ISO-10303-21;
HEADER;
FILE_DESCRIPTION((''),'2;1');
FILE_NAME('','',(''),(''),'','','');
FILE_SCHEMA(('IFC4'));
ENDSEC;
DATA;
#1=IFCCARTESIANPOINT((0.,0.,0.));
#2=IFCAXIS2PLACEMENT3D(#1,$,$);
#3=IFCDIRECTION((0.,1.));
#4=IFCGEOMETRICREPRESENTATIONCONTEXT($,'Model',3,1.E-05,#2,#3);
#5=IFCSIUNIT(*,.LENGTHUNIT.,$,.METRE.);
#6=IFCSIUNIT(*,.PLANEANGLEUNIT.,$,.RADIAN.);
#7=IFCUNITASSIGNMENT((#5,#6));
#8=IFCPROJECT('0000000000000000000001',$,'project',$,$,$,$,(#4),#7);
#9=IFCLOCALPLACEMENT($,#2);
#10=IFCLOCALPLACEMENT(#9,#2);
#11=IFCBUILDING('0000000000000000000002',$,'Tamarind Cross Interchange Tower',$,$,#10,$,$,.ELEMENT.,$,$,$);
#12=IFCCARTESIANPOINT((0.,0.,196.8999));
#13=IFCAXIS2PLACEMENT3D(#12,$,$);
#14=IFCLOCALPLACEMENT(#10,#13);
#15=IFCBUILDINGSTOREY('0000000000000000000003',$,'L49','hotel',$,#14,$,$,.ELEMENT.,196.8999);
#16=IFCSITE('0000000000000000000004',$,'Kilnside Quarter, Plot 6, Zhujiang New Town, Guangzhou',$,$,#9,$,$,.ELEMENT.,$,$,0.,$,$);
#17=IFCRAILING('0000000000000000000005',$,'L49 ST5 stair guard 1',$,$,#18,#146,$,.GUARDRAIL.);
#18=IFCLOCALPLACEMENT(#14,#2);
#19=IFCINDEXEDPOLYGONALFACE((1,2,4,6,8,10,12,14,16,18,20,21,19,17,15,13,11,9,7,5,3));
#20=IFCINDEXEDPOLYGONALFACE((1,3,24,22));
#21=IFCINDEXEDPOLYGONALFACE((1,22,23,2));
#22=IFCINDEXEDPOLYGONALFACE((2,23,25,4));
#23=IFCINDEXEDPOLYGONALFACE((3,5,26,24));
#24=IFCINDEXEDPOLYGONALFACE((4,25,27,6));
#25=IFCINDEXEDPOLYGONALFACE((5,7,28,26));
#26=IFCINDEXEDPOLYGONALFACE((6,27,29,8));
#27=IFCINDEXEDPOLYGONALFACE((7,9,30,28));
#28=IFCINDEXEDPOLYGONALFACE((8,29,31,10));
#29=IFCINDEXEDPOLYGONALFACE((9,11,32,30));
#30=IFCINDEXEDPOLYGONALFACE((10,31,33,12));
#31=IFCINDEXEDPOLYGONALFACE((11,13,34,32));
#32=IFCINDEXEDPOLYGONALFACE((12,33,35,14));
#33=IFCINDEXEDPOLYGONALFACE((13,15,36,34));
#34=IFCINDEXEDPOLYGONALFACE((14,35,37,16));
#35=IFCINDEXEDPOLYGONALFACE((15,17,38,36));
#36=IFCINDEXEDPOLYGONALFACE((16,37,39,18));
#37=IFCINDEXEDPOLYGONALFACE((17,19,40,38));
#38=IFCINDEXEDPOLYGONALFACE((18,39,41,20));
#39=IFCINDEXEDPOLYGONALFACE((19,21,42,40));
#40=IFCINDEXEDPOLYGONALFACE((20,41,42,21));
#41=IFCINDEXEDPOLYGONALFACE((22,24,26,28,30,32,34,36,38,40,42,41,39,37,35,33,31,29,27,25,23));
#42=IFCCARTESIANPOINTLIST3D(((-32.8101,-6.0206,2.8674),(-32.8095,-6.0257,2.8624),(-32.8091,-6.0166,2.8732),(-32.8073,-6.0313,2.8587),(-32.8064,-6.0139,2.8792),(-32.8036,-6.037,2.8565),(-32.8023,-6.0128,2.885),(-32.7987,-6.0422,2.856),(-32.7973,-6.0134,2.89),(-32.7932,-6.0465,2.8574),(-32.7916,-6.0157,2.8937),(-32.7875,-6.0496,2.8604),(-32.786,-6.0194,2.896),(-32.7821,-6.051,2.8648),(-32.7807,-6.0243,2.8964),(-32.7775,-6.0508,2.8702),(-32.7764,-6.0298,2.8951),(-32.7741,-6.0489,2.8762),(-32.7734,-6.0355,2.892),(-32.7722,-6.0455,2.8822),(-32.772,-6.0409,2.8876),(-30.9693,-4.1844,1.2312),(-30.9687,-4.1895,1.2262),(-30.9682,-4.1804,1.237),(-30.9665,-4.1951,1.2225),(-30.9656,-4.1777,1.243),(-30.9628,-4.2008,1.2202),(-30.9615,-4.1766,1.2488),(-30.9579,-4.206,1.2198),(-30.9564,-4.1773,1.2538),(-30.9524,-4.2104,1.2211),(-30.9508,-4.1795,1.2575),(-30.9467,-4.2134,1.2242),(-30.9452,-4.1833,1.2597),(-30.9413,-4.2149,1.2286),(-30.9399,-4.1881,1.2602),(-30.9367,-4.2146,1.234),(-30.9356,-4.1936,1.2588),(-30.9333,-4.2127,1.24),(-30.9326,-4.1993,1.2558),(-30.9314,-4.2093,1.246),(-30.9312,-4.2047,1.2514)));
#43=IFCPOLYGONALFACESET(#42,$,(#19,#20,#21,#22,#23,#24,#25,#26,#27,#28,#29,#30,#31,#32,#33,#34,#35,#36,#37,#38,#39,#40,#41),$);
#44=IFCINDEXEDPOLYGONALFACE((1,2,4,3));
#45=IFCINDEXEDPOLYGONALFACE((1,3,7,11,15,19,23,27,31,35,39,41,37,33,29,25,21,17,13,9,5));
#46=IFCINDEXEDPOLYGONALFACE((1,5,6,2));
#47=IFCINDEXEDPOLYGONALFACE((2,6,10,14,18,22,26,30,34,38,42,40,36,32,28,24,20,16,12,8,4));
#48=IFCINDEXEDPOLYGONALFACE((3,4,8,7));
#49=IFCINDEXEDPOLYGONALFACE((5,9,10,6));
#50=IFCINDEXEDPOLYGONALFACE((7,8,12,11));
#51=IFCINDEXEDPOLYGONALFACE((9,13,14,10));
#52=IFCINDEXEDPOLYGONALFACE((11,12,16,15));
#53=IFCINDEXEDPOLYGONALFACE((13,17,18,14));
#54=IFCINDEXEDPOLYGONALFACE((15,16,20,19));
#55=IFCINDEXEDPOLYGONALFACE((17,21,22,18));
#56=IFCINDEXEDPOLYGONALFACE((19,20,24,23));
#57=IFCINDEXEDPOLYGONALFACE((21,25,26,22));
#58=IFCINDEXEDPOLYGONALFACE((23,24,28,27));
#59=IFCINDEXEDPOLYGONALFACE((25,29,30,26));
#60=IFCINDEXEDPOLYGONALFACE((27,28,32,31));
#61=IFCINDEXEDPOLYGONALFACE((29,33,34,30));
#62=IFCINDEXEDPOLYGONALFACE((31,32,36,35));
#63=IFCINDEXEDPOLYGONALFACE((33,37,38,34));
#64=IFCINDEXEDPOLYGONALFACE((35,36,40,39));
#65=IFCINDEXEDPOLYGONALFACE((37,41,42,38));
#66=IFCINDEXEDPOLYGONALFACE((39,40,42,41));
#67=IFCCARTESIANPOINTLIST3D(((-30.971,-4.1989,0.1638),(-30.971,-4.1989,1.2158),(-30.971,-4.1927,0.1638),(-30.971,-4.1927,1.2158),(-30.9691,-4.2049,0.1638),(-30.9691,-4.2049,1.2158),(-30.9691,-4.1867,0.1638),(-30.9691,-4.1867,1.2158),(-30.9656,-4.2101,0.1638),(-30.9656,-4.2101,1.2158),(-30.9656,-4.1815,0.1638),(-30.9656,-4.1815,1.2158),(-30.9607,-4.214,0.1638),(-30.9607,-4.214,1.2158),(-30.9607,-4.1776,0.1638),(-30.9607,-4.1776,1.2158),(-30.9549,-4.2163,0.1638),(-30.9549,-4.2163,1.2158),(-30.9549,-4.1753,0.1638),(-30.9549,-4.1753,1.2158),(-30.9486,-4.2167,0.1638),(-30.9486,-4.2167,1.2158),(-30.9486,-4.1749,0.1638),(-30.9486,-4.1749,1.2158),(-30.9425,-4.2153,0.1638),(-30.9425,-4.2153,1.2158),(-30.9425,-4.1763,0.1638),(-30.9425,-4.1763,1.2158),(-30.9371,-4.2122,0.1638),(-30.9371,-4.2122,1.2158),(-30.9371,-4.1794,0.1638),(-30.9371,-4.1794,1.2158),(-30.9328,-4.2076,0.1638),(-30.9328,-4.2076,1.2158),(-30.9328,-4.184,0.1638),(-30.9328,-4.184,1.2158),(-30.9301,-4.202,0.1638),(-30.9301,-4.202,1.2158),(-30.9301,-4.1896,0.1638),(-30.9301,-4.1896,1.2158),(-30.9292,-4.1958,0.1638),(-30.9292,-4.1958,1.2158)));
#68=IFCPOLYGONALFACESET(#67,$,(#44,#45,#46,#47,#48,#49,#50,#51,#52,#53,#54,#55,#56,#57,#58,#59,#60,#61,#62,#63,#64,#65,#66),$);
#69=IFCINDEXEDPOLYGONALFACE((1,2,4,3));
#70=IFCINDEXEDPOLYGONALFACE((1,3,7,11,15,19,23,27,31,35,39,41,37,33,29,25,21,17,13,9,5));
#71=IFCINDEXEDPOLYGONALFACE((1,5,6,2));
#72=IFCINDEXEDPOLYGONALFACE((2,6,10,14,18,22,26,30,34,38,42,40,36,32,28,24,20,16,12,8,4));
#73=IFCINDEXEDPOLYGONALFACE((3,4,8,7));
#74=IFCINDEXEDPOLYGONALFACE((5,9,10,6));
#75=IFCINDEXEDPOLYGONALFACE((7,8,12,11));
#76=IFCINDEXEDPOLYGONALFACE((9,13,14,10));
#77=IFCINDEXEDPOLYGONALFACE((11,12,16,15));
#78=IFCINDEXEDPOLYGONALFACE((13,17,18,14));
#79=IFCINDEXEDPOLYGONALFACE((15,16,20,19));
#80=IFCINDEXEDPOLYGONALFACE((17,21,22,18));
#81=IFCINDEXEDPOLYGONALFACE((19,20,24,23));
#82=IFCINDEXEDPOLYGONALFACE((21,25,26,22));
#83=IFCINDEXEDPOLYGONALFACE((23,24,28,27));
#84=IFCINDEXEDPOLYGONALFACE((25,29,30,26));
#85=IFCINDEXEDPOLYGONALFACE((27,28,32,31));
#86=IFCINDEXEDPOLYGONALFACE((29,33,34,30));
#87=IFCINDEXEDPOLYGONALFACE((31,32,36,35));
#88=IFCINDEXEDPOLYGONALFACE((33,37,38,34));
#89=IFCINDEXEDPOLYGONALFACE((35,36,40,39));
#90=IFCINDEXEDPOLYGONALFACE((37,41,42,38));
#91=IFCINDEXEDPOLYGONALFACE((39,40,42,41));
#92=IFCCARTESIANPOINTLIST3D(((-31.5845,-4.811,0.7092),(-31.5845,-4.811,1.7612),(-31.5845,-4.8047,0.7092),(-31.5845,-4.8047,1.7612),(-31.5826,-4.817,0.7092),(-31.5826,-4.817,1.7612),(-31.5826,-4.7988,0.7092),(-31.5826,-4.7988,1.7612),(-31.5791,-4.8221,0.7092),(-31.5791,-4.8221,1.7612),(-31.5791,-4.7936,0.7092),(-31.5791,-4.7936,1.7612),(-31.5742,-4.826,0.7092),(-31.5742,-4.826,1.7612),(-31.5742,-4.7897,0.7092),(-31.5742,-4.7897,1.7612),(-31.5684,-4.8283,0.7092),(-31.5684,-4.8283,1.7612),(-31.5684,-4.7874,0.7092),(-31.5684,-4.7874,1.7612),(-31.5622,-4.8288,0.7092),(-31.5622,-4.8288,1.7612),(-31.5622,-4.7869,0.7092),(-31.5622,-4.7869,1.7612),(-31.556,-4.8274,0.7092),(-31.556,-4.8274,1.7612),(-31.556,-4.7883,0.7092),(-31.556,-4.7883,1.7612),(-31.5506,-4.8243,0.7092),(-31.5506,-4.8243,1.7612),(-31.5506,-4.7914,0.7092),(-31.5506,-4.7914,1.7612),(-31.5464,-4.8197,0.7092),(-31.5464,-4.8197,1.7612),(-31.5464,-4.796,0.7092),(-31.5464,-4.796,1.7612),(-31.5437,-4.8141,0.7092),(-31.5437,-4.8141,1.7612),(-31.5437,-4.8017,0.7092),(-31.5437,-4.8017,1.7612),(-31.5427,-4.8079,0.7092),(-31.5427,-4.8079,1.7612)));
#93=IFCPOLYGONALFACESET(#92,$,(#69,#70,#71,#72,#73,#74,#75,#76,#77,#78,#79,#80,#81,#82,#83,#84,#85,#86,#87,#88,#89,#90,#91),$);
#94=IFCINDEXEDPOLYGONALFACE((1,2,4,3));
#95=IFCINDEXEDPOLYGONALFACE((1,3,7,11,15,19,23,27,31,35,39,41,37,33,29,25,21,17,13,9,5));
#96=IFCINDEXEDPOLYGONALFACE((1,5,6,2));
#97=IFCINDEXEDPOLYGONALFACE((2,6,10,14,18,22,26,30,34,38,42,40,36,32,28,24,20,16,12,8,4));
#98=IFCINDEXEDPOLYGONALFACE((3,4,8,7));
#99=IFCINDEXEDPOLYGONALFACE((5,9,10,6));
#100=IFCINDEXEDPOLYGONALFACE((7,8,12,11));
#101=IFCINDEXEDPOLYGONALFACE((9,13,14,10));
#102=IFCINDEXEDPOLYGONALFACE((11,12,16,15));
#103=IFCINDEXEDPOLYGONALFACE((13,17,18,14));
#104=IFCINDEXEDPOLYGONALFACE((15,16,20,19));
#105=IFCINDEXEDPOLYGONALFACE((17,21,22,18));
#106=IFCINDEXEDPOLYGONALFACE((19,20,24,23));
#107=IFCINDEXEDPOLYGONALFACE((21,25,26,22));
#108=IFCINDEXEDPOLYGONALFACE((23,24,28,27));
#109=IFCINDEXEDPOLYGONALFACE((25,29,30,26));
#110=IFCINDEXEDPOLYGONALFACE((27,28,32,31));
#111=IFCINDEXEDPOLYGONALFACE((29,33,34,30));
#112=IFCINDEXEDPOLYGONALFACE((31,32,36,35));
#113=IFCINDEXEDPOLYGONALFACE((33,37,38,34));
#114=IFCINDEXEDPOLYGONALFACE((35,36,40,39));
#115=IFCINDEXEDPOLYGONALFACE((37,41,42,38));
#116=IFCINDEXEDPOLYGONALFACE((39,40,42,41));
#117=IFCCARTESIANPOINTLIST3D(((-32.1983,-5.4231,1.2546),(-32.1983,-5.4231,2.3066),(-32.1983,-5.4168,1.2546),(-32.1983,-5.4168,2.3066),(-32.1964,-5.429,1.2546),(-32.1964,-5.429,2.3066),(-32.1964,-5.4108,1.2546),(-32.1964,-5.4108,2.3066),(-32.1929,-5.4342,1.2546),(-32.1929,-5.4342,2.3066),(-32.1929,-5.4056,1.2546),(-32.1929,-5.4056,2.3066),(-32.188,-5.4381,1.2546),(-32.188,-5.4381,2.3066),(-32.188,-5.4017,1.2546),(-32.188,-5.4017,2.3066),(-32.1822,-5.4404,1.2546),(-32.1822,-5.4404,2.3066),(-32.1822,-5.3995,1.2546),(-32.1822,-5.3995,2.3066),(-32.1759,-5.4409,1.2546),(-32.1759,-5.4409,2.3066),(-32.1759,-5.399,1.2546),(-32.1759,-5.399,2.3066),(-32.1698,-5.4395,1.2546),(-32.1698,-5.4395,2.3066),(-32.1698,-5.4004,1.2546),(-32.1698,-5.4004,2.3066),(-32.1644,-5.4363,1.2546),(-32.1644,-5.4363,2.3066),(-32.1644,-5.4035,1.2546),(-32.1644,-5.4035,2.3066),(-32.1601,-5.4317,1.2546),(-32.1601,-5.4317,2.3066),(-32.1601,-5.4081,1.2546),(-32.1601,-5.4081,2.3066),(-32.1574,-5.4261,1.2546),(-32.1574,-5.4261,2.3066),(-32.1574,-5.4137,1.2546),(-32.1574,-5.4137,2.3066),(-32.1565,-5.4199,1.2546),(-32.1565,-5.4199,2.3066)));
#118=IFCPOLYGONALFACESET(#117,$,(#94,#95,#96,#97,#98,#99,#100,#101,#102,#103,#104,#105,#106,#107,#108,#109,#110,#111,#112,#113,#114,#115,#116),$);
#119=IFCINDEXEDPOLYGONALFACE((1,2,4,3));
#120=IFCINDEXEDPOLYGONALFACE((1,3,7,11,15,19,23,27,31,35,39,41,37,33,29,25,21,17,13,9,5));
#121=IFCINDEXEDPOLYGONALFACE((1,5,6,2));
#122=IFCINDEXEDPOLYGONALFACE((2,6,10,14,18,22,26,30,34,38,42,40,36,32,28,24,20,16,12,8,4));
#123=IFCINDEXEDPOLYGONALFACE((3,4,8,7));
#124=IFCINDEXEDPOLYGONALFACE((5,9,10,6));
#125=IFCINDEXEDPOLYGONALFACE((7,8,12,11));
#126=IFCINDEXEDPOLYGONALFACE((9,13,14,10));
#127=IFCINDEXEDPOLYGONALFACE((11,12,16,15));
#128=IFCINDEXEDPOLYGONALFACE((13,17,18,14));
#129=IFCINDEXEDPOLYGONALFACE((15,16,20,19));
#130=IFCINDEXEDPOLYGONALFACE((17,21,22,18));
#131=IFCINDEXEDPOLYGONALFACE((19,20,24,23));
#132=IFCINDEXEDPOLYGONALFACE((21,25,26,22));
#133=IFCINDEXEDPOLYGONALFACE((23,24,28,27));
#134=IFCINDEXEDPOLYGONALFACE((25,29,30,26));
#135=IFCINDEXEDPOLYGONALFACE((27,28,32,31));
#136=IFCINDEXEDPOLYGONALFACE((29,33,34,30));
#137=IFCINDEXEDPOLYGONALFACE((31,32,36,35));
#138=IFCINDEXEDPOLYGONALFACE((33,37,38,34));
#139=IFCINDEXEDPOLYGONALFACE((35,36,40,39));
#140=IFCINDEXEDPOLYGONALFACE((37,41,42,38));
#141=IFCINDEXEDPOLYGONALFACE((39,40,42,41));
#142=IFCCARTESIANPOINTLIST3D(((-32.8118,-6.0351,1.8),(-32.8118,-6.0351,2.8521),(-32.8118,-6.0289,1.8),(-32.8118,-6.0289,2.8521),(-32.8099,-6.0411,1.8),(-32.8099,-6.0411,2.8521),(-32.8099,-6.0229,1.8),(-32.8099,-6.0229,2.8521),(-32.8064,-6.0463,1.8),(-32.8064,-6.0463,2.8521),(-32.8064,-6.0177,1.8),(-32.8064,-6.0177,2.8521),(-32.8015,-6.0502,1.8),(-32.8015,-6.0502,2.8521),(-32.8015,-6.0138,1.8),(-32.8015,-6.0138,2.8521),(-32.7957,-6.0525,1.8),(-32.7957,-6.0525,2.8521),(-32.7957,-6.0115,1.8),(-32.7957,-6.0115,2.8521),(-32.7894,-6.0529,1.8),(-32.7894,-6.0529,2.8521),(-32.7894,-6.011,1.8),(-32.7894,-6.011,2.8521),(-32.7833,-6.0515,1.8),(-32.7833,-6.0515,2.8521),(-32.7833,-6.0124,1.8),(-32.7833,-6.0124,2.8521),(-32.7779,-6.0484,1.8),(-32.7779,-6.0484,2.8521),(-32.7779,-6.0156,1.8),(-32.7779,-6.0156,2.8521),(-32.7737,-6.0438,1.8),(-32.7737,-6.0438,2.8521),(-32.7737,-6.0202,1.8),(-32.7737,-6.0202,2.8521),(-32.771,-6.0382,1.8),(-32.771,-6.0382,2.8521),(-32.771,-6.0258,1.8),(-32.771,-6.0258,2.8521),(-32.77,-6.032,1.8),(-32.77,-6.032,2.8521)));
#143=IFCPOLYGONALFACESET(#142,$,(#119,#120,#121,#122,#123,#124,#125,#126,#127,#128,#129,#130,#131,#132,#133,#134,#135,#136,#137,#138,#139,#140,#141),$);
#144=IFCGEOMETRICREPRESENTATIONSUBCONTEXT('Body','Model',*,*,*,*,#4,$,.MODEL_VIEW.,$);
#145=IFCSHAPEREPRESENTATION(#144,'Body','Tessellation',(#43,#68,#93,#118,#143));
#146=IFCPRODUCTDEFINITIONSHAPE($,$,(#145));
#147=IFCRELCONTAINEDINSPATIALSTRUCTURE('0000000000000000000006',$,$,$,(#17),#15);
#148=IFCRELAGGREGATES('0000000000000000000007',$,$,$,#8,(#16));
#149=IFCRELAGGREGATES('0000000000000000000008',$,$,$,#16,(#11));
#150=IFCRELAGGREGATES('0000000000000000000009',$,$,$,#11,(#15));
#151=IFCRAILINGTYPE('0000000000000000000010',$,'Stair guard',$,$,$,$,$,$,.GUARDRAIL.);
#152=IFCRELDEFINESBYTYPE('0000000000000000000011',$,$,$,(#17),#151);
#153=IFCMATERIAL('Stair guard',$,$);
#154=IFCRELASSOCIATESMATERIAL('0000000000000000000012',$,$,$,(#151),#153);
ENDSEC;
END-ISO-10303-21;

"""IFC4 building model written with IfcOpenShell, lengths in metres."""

from ifc_helpers import new_model, si_unit, direction, frame, origin, origin_2d, place, context, subcontext, project, spatial, circle, extrude, material, type_object, element, save


model = new_model("IFC4")

# Units and contexts
model_context = context("Model", 3, precision=1e-05, world=origin(), true_north=direction((0.0, 1.0)))
body_context = subcontext(model_context, "Body", "Model", "MODEL_VIEW")
ifc_project = project(units=[si_unit("LENGTHUNIT", "METRE"), si_unit("PLANEANGLEUNIT", "RADIAN")], contexts=[model_context])

# Site, building, storey
site_placement = place(None, origin())
site = spatial("IfcSite", under=ifc_project, at=site_placement, Name="Kilnside Quarter, Plot 6, Zhujiang New Town, Guangzhou", CompositionType="ELEMENT", RefElevation=0.0)
building_placement = place(site_placement, origin())
building = spatial("IfcBuilding", under=site, at=building_placement, Name="Tamarind Cross Interchange Tower", CompositionType="ELEMENT")
storey_placement = place(building_placement, frame((0.0, 0.0, 196.8999)))
storey = spatial("IfcBuildingStorey", under=building, at=storey_placement, Name="L49", Description="hotel", CompositionType="ELEMENT", Elevation=196.8999)

# Railing
ifc_material_1 = material(Name="Stair guard")
railing_type_1 = type_object("IfcRailingType", Name="Stair guard", PredefinedType="GUARDRAIL", material=ifc_material_1)
railing_1_placement = place(storey_placement, frame((-30.9502, -4.1958, 0.1638)))
element("IfcRailing", 1, at=railing_1_placement, inside=storey, type_object=railing_type_1, Name="L49 ST5 stair guard 1", PredefinedType="GUARDRAIL", context=body_context, shape_type="SweptSolid", body=[
    extrude(circle(Radius=0.0239, at=origin_2d()), frame((0.0, 0.0, 1.0762), z_axis=(-0.599217, -0.597708, 0.53262), x_axis=(0.706214, -0.707998, 0.0)), (0.0, 0.0, 1.0), 3.072),
    extrude(circle(Radius=0.021, at=origin_2d()), origin(), (0.0, 0.0, 1.0), 1.052),
    extrude(circle(Radius=0.021, at=origin_2d()), frame((-0.6135, -0.6121, 0.5454)), (0.0, 0.0, 1.0), 1.052),
    extrude(circle(Radius=0.021, at=origin_2d()), frame((-1.2273, -1.2241, 1.0908)), (0.0, 0.0, 1.0), 1.052),
    extrude(circle(Radius=0.021, at=origin_2d()), frame((-1.8408, -1.8362, 1.6362)), (0.0, 0.0, 1.0), 1.052),
])

save(model, "model.ifc")
